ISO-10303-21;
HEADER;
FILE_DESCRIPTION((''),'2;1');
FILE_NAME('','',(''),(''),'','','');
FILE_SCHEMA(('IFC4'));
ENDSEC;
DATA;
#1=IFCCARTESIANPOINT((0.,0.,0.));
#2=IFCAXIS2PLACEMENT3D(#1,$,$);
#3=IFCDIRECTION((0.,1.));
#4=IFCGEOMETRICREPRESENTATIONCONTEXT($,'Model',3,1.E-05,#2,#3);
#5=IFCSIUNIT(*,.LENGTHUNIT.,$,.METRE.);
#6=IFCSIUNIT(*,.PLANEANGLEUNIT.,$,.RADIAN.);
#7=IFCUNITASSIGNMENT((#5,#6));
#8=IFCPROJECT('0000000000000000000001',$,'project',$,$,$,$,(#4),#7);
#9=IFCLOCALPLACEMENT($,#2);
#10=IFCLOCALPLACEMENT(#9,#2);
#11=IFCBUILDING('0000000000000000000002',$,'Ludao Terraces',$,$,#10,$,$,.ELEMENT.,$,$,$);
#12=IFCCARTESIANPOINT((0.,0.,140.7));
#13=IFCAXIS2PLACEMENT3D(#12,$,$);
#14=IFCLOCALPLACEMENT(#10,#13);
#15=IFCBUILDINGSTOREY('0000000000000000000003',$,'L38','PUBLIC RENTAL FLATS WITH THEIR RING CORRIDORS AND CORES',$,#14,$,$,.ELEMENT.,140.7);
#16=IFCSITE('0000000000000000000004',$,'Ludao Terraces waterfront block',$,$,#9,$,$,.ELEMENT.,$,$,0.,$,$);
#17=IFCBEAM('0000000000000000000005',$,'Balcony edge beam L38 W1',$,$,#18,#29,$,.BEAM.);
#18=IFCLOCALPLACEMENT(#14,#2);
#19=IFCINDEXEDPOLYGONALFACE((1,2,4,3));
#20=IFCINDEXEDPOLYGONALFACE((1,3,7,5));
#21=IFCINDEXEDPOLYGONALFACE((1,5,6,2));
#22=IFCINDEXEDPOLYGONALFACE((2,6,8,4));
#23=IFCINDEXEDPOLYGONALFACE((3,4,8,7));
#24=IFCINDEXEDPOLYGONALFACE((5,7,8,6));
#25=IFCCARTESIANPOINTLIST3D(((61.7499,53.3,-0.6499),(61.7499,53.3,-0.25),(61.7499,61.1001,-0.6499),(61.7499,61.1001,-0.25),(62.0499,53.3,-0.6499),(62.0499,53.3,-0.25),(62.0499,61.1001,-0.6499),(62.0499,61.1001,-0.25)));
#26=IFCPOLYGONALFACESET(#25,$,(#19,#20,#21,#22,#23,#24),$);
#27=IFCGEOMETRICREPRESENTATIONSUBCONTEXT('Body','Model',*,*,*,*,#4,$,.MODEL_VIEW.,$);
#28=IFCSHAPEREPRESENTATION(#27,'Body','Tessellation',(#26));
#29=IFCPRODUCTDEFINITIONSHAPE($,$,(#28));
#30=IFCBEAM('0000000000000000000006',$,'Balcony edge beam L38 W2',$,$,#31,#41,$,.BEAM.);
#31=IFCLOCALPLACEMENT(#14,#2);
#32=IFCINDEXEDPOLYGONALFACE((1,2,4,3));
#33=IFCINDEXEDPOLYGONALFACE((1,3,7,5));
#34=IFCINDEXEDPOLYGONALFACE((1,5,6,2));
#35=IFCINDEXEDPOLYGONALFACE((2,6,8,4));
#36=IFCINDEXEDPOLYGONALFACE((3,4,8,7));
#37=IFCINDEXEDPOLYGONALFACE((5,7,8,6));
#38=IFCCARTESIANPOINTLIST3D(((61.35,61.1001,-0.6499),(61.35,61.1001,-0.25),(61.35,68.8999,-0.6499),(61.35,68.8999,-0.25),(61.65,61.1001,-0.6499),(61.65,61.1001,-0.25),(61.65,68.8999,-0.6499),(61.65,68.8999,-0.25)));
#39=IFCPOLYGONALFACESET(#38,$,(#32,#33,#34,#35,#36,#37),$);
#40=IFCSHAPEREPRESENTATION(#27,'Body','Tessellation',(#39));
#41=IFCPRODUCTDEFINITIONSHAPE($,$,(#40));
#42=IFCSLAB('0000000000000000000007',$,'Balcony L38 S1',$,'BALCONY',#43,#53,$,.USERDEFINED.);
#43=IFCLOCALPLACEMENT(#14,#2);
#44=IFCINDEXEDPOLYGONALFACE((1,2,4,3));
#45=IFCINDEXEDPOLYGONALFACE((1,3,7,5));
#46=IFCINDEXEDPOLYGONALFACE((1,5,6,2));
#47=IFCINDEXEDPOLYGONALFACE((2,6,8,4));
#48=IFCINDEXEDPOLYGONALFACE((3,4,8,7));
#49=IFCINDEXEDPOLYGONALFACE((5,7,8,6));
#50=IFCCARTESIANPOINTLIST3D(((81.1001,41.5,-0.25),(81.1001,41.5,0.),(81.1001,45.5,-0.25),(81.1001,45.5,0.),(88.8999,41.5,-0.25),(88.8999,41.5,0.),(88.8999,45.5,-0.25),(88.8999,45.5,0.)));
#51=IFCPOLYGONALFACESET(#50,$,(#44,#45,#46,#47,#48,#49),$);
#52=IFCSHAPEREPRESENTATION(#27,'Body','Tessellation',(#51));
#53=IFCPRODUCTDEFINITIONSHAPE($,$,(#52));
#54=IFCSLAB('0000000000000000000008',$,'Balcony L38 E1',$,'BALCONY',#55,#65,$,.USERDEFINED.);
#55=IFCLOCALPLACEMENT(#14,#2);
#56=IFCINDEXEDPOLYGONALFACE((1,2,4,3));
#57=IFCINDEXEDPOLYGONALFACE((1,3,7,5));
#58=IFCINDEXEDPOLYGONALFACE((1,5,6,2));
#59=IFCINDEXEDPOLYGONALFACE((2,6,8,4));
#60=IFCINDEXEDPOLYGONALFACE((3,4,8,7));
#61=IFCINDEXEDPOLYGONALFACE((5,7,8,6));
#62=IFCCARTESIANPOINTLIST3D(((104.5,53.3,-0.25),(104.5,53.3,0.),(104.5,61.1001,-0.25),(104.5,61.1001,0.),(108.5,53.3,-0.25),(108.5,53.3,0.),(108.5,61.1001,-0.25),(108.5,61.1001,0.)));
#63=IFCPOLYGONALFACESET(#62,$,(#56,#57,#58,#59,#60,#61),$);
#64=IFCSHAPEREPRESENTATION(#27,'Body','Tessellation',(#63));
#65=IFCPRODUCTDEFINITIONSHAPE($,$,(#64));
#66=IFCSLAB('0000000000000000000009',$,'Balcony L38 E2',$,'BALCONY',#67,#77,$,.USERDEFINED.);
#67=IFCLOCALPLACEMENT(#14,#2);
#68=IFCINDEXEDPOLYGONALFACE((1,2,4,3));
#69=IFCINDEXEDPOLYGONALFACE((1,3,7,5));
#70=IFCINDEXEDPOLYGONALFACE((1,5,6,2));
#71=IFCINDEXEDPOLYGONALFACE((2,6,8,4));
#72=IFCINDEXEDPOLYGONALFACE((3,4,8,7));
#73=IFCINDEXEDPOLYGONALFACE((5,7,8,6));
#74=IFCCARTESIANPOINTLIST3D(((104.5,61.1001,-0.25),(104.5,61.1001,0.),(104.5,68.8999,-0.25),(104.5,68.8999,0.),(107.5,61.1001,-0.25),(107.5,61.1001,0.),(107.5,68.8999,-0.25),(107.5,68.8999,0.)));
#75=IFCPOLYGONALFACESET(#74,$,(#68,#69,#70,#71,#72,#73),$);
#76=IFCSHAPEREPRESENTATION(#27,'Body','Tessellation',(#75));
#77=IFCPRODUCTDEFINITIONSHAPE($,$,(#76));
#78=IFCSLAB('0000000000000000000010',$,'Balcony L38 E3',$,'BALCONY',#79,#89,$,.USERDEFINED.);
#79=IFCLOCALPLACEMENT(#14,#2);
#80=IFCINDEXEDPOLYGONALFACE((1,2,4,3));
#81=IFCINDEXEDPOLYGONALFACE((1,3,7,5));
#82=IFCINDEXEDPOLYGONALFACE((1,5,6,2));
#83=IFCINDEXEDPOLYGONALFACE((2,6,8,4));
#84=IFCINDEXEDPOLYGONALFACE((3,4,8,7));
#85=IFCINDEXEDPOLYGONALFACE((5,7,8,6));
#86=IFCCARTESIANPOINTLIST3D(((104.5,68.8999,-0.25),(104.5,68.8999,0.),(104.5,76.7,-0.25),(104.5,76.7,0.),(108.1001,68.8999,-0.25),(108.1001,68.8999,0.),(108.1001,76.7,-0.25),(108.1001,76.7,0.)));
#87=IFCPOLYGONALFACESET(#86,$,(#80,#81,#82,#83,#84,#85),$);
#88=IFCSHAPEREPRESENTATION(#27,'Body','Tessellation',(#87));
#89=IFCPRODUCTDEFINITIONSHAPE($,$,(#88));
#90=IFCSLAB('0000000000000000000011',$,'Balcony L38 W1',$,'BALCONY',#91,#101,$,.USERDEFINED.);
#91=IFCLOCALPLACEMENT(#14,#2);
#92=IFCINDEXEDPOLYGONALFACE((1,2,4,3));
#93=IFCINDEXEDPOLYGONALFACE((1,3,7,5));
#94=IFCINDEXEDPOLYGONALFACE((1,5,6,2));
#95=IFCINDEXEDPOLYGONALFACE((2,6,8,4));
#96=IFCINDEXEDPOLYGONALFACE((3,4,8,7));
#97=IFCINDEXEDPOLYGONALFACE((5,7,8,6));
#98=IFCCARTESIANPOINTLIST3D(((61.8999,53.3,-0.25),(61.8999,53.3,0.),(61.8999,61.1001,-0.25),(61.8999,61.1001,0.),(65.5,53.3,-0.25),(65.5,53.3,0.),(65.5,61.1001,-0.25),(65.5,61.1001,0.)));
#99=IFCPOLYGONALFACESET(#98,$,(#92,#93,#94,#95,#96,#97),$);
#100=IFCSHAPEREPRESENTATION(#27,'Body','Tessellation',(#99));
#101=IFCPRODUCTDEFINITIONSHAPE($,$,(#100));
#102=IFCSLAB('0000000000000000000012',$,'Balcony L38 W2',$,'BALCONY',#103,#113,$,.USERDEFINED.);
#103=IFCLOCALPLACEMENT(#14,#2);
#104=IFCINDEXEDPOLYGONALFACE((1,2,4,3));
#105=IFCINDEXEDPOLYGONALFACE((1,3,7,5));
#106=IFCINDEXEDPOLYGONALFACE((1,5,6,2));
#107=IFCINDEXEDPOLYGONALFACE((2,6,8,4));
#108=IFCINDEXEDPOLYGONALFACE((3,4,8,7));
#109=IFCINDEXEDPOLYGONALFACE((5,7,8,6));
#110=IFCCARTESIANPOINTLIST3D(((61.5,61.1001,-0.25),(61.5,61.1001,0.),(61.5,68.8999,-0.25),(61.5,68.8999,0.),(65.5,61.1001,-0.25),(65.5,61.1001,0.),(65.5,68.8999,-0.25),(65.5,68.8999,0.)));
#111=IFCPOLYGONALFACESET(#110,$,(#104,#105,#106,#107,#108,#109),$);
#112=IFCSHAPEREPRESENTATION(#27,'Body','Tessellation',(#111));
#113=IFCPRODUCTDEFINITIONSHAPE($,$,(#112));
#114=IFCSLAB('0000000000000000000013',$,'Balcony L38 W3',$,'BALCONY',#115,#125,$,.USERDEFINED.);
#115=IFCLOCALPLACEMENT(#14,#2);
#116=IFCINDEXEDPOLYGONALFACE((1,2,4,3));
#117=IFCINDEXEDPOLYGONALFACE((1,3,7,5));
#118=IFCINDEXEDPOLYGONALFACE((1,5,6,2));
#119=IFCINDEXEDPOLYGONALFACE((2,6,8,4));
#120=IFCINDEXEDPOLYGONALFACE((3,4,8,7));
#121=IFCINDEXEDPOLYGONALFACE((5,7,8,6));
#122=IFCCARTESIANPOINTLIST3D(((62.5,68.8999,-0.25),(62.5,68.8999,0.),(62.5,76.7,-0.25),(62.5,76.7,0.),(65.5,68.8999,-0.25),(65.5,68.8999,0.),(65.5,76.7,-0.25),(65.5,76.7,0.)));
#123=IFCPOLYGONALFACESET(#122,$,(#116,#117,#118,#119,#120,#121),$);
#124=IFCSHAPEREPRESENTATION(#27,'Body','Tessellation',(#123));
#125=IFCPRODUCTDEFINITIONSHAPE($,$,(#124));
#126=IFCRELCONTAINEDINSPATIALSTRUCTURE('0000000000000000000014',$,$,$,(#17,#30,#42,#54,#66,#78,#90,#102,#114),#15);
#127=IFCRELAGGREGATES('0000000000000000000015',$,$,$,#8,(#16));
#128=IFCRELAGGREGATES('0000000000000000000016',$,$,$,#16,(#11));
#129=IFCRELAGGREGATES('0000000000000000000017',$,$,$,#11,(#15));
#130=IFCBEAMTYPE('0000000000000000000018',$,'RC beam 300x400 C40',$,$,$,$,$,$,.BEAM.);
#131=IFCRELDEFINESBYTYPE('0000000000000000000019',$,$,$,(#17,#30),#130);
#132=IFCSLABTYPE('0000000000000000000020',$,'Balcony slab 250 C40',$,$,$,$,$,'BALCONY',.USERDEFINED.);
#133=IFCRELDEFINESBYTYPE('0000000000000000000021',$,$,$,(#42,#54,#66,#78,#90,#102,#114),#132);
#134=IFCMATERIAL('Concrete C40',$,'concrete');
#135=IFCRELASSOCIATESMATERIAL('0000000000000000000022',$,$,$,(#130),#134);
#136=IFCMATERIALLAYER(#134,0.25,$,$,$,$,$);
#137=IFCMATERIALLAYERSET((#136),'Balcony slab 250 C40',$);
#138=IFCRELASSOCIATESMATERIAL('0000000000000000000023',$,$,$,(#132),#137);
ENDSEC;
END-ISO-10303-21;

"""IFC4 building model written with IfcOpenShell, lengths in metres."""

from ifc_helpers import new_model, si_unit, direction, frame, origin, origin_2d, place, context, subcontext, project, spatial, polyline, rectangle, outline, extrude, material, layer, layer_set, material_profile, profile_set, type_object, element, save


model = new_model("IFC4")

# Units and contexts
model_context = context("Model", 3, precision=1e-05, world=origin(), true_north=direction((0.0, 1.0)))
body_context = subcontext(model_context, "Body", "Model", "MODEL_VIEW")
ifc_project = project(units=[si_unit("LENGTHUNIT", "METRE"), si_unit("PLANEANGLEUNIT", "RADIAN")], contexts=[model_context])

# Site, building, storey
site_placement = place(None, origin())
site = spatial("IfcSite", under=ifc_project, at=site_placement, Name="Ludao Terraces waterfront block", CompositionType="ELEMENT", RefElevation=0.0)
building_placement = place(site_placement, origin())
building = spatial("IfcBuilding", under=site, at=building_placement, Name="Ludao Terraces", CompositionType="ELEMENT")
storey_placement = place(building_placement, frame((0.0, 0.0, 140.7)))
storey = spatial("IfcBuildingStorey", under=building, at=storey_placement, Name="L38", Description="PUBLIC RENTAL FLATS WITH THEIR RING CORRIDORS AND CORES", CompositionType="ELEMENT", Elevation=140.7)

# Beams
ifc_material_1 = material(Name="Concrete C40", Category="concrete")
ifc_material_profile = material_profile(ifc_material_1, rectangle(XDim=0.3, YDim=0.3999, at=origin_2d()), Name="300 X 400")
ifc_profile_set = profile_set([ifc_material_profile], Name="Concrete C40")
beam_type = type_object("IfcBeamType", Name="RC beam 300x400 C40", PredefinedType="BEAM", material=ifc_profile_set)
beam_1_placement = place(storey_placement, frame((61.8999, 53.3, -0.45), z_axis=(0.0, 1.0, 0.0), x_axis=(-1.0, 0.0, 0.0)))
element("IfcBeam", 1, at=beam_1_placement, inside=storey, type_object=beam_type, Name="Balcony edge beam L38 W1", PredefinedType="BEAM", context=body_context, shape_type="SweptSolid", body=[
    extrude(rectangle(XDim=0.3, YDim=0.3999, at=origin_2d()), origin(), (0.0, 0.0, 1.0), 7.8),
])
beam_2_placement = place(storey_placement, frame((61.5, 61.1001, -0.45), z_axis=(0.0, 1.0, 0.0), x_axis=(-1.0, 0.0, 0.0)))
element("IfcBeam", 2, at=beam_2_placement, inside=storey, type_object=beam_type, Name="Balcony edge beam L38 W2", PredefinedType="BEAM", context=body_context, shape_type="SweptSolid", body=[
    extrude(rectangle(XDim=0.3, YDim=0.3999, at=origin_2d()), origin(), (0.0, 0.0, 1.0), 7.7998),
])

# Slabs
ifc_layer_1 = layer(ifc_material_1, 0.25)
ifc_layer_set_1 = layer_set([ifc_layer_1], Name="Balcony slab 250 C40")
slab_type_1 = type_object("IfcSlabType", Name="Balcony slab 250 C40", ElementType="BALCONY", PredefinedType="USERDEFINED", material=ifc_layer_set_1)
slab_1_placement = place(storey_placement, frame((0.0, 0.0, -0.25)))
element("IfcSlab", 3, at=slab_1_placement, inside=storey, type_object=slab_type_1, Name="Balcony L38 S1", ObjectType="BALCONY", PredefinedType="USERDEFINED", context=body_context, shape_type="SweptSolid", body=[
    extrude(outline(polyline([(81.1001, 41.5), (88.8999, 41.5), (88.8999, 45.5), (81.1001, 45.5), (81.1001, 41.5)])), origin(), (0.0, 0.0, 1.0), 0.25),
])
slab_2_placement = place(storey_placement, frame((0.0, 0.0, -0.25)))
element("IfcSlab", 4, at=slab_2_placement, inside=storey, type_object=slab_type_1, Name="Balcony L38 E1", ObjectType="BALCONY", PredefinedType="USERDEFINED", context=body_context, shape_type="SweptSolid", body=[
    extrude(outline(polyline([(104.5, 53.3), (108.5, 53.3), (108.5, 61.1001), (104.5, 61.1001), (104.5, 53.3)])), origin(), (0.0, 0.0, 1.0), 0.25),
])
slab_3_placement = place(storey_placement, frame((0.0, 0.0, -0.25)))
element("IfcSlab", 5, at=slab_3_placement, inside=storey, type_object=slab_type_1, Name="Balcony L38 E2", ObjectType="BALCONY", PredefinedType="USERDEFINED", context=body_context, shape_type="SweptSolid", body=[
    extrude(outline(polyline([(104.5, 61.1001), (107.5, 61.1001), (107.5, 68.8999), (104.5, 68.8999), (104.5, 61.1001)])), origin(), (0.0, 0.0, 1.0), 0.25),
])
slab_4_placement = place(storey_placement, frame((0.0, 0.0, -0.25)))
element("IfcSlab", 6, at=slab_4_placement, inside=storey, type_object=slab_type_1, Name="Balcony L38 E3", ObjectType="BALCONY", PredefinedType="USERDEFINED", context=body_context, shape_type="SweptSolid", body=[
    extrude(outline(polyline([(104.5, 68.8999), (108.1001, 68.8999), (108.1001, 76.7), (104.5, 76.7), (104.5, 68.8999)])), origin(), (0.0, 0.0, 1.0), 0.25),
])
slab_5_placement = place(storey_placement, frame((0.0, 0.0, -0.25)))
element("IfcSlab", 7, at=slab_5_placement, inside=storey, type_object=slab_type_1, Name="Balcony L38 W1", ObjectType="BALCONY", PredefinedType="USERDEFINED", context=body_context, shape_type="SweptSolid", body=[
    extrude(outline(polyline([(61.8999, 53.3), (65.5, 53.3), (65.5, 61.1001), (61.8999, 61.1001), (61.8999, 53.3)])), origin(), (0.0, 0.0, 1.0), 0.25),
])
slab_6_placement = place(storey_placement, frame((0.0, 0.0, -0.25)))
element("IfcSlab", 8, at=slab_6_placement, inside=storey, type_object=slab_type_1, Name="Balcony L38 W2", ObjectType="BALCONY", PredefinedType="USERDEFINED", context=body_context, shape_type="SweptSolid", body=[
    extrude(outline(polyline([(61.5, 61.1001), (65.5, 61.1001), (65.5, 68.8999), (61.5, 68.8999), (61.5, 61.1001)])), origin(), (0.0, 0.0, 1.0), 0.25),
])
slab_7_placement = place(storey_placement, frame((0.0, 0.0, -0.25)))
element("IfcSlab", 9, at=slab_7_placement, inside=storey, type_object=slab_type_1, Name="Balcony L38 W3", ObjectType="BALCONY", PredefinedType="USERDEFINED", context=body_context, shape_type="SweptSolid", body=[
    extrude(outline(polyline([(62.5, 68.8999), (65.5, 68.8999), (65.5, 76.7), (62.5, 76.7), (62.5, 68.8999)])), origin(), (0.0, 0.0, 1.0), 0.25),
])

save(model, "model.ifc")
